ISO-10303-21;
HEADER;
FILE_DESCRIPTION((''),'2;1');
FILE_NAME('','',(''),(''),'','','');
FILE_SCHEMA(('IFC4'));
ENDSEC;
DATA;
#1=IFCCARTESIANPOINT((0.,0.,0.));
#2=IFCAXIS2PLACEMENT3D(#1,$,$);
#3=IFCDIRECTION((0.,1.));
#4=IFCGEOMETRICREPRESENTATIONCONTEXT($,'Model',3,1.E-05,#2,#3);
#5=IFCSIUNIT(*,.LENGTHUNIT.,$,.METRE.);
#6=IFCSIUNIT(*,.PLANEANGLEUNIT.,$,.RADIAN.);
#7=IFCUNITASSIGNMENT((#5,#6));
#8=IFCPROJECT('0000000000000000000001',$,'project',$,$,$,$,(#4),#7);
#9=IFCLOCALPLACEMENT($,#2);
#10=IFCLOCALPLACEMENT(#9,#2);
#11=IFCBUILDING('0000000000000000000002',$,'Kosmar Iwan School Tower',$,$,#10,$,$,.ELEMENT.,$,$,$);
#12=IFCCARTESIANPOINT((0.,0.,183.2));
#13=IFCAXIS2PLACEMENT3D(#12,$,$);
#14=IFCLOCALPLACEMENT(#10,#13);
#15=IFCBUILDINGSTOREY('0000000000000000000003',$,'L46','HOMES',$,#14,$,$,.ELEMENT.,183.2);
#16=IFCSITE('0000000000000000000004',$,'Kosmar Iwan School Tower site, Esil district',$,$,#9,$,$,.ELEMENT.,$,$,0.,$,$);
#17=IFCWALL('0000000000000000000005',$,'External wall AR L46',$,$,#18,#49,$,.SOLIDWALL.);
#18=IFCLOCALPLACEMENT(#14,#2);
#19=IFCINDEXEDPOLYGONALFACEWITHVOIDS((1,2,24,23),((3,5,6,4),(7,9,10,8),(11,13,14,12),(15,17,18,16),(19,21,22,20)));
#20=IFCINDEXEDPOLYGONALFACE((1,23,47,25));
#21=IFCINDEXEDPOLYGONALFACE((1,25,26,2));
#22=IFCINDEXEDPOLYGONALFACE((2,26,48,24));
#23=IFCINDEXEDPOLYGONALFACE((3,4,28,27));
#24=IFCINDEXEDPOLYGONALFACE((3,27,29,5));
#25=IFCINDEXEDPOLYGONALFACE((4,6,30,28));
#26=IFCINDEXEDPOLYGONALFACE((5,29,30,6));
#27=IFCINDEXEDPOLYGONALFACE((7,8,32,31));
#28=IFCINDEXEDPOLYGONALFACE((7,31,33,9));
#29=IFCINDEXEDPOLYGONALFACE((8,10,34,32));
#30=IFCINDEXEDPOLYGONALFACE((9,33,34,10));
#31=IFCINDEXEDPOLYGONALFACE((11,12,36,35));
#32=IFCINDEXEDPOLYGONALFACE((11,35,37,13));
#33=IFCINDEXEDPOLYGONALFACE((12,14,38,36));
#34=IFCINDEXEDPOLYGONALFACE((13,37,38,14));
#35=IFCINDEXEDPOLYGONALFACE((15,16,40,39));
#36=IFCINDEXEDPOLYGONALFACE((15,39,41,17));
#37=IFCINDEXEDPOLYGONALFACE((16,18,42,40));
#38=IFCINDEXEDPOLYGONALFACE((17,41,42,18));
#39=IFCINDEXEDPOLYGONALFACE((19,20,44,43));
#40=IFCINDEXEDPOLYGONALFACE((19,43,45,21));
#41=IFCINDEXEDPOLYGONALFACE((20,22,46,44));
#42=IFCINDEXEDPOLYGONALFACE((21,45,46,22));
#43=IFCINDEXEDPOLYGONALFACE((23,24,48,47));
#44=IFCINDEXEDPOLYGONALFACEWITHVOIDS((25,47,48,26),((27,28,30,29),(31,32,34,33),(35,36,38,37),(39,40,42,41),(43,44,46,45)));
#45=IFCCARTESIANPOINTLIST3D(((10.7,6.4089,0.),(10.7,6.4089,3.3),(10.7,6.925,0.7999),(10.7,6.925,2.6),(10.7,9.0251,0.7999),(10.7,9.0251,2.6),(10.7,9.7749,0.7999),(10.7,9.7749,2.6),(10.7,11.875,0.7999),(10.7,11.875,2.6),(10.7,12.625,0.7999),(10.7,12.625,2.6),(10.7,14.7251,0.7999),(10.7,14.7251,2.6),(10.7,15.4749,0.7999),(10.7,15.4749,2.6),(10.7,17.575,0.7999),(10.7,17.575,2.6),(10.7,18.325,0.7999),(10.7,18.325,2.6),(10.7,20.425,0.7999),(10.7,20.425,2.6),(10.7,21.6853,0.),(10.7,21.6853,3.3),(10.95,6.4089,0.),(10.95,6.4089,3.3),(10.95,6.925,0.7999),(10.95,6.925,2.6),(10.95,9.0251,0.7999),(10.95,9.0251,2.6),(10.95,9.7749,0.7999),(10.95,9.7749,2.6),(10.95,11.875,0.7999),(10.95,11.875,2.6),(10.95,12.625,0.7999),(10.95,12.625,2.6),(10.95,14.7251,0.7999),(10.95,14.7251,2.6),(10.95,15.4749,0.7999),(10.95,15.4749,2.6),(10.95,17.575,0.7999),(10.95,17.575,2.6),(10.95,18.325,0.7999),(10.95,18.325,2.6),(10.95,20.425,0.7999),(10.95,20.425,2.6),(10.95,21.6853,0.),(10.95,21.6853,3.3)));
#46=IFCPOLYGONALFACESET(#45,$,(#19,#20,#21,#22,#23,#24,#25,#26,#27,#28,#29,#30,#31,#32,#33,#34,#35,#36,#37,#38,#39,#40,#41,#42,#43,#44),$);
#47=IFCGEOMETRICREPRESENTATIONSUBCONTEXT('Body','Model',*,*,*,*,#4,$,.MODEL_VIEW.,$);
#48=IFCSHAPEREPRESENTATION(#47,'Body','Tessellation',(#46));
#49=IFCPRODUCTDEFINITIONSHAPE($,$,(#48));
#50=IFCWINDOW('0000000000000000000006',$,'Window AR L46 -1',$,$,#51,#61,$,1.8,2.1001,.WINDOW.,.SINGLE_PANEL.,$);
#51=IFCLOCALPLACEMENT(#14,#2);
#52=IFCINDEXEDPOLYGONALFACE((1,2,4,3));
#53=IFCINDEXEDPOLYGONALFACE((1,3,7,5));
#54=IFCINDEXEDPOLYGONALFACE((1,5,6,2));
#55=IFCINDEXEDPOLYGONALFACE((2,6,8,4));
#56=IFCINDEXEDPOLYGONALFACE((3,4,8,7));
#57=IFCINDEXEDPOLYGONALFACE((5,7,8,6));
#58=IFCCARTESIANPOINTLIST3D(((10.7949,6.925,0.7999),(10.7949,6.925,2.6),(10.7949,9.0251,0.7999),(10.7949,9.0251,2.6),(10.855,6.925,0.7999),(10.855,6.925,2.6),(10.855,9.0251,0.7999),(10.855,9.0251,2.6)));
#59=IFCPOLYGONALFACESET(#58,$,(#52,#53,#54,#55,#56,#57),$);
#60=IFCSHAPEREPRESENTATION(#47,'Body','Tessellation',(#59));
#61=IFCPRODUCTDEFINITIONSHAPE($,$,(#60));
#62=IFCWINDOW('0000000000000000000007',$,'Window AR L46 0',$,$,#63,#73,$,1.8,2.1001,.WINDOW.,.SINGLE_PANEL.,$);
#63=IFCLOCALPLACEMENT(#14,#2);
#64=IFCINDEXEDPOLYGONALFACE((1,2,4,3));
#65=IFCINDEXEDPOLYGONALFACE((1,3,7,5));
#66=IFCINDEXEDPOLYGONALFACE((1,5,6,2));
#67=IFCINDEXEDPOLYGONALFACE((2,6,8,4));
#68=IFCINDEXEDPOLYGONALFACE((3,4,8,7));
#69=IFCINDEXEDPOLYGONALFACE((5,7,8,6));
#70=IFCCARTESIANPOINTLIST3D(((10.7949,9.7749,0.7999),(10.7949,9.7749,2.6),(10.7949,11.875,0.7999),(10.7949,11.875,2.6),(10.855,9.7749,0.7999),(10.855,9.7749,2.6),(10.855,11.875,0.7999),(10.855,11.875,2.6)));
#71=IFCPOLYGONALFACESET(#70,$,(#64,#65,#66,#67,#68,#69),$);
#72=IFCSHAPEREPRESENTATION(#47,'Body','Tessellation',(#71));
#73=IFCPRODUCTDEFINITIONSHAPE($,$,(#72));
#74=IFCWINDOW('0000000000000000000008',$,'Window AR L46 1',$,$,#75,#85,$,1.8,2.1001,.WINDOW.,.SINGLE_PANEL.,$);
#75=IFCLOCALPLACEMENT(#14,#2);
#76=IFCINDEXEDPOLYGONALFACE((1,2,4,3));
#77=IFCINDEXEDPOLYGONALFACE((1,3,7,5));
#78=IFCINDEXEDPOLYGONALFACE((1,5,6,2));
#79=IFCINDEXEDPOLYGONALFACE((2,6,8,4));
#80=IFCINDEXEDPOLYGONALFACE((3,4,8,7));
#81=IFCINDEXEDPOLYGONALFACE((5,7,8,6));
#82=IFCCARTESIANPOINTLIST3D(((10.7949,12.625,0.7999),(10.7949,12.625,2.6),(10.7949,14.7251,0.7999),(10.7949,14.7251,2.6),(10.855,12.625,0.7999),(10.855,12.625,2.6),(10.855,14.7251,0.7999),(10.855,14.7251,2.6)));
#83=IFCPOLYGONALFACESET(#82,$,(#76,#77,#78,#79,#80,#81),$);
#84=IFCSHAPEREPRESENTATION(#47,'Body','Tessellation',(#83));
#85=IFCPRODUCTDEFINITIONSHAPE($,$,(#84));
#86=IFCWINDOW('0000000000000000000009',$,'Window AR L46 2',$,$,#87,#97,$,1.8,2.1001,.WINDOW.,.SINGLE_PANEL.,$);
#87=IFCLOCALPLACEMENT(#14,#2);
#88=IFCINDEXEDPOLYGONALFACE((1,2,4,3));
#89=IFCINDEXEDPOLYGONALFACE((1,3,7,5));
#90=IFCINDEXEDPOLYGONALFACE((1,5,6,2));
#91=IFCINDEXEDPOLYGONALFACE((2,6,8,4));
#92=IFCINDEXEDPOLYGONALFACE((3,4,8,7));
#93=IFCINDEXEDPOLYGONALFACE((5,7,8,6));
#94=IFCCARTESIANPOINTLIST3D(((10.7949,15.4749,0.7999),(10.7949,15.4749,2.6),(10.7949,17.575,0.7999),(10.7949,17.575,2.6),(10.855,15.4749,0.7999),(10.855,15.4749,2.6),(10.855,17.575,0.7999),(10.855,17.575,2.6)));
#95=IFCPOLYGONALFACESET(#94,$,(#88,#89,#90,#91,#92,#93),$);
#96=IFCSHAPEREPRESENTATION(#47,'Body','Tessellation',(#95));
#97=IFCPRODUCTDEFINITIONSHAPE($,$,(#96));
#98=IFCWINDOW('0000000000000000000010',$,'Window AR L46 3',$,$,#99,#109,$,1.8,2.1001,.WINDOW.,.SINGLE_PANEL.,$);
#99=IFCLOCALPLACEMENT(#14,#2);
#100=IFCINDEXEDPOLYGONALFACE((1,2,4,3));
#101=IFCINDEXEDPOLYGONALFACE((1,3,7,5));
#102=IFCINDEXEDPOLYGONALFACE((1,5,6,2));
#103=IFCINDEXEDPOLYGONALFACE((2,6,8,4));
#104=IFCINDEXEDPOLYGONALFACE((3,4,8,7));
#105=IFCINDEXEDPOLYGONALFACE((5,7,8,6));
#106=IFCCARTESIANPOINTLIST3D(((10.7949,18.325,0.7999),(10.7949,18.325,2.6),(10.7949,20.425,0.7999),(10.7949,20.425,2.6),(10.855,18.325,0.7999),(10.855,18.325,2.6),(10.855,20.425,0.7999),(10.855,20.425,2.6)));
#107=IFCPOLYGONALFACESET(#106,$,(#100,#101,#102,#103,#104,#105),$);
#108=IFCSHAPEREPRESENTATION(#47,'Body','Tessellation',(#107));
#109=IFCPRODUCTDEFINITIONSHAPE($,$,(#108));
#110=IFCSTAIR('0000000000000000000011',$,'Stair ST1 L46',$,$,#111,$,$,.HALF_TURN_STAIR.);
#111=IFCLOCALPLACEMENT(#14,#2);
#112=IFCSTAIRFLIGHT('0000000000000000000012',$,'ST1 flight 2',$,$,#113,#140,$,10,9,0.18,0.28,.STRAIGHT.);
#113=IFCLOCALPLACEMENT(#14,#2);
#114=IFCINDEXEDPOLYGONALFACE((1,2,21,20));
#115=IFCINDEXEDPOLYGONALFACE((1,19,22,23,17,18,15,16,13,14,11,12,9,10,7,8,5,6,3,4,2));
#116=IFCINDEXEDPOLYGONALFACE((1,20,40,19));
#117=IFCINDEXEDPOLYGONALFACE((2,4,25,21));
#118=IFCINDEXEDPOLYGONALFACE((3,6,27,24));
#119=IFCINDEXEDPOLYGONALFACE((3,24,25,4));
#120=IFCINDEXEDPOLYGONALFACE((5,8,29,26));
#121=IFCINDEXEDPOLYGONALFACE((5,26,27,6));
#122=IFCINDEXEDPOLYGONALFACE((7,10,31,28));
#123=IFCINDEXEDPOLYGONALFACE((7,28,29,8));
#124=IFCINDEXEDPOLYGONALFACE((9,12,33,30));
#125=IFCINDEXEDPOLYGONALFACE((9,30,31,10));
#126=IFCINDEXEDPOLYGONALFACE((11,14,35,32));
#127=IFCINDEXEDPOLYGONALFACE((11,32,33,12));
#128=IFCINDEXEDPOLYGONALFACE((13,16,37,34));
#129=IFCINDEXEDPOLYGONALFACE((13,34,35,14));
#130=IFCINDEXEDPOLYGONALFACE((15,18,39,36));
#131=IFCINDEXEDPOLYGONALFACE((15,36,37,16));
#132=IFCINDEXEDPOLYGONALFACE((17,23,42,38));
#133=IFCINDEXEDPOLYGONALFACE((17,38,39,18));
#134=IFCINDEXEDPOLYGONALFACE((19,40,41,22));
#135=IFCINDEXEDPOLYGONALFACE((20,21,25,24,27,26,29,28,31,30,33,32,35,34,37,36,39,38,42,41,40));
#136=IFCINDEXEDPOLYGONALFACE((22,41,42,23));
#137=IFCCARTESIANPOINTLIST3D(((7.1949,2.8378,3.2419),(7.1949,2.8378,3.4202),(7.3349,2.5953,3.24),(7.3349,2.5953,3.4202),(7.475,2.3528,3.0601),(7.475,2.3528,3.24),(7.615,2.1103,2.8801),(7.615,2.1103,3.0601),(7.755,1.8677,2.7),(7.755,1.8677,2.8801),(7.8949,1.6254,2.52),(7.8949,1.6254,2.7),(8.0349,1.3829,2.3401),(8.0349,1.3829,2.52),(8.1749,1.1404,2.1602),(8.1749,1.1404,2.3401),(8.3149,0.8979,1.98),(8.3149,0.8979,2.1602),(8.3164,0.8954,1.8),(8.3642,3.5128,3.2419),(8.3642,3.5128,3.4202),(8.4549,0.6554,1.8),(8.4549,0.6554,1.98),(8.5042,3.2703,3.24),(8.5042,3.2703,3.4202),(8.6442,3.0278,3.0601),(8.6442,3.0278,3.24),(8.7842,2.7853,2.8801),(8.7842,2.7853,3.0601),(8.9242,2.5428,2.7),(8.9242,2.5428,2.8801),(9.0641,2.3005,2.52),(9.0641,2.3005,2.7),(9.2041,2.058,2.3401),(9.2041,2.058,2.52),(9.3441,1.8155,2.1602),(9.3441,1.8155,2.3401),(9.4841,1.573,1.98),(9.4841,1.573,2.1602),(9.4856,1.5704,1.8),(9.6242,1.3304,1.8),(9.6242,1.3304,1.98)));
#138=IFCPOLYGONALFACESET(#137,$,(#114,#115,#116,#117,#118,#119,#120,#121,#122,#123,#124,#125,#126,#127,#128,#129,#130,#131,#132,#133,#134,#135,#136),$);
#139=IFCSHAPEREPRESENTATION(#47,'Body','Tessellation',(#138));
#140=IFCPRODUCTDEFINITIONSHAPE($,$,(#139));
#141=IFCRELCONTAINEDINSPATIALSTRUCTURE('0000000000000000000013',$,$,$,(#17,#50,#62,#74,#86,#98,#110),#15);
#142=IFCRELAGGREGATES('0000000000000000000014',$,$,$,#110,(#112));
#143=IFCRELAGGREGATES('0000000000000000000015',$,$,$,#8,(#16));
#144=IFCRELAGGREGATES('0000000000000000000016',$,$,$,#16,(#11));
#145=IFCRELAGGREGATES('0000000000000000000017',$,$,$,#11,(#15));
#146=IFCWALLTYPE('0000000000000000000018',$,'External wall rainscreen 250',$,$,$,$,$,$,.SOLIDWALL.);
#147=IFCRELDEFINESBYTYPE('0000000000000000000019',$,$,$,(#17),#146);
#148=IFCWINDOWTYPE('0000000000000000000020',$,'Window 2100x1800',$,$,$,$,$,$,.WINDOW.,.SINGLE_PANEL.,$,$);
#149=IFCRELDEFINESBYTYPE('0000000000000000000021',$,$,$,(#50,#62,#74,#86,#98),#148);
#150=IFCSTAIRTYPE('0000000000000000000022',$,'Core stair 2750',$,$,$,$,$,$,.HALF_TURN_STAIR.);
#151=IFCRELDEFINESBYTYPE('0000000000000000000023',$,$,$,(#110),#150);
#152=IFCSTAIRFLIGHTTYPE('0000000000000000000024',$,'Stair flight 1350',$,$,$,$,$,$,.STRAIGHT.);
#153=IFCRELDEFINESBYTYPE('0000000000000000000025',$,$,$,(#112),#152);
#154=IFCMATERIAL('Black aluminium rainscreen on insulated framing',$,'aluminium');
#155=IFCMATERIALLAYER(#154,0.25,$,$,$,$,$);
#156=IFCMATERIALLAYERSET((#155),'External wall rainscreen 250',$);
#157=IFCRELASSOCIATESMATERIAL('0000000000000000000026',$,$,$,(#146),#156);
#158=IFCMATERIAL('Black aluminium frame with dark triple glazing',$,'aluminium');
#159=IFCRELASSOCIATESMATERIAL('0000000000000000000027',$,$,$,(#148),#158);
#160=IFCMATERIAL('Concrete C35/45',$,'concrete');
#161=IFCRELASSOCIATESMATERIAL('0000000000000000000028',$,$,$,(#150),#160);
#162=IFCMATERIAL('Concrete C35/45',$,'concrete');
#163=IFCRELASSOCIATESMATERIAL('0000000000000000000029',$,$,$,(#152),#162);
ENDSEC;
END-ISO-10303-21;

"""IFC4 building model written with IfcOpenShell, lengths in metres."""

from ifc_helpers import new_model, si_unit, direction, frame, frame_2d, origin, place, context, subcontext, project, spatial, polyline, rectangle, outline, extrude, material, layer, layer_set, type_object, element, fill, aggregate, save


model = new_model("IFC4")

# Units and contexts
model_context = context("Model", 3, precision=1e-05, world=origin(), true_north=direction((0.0, 1.0)))
body_context = subcontext(model_context, "Body", "Model", "MODEL_VIEW")
ifc_project = project(units=[si_unit("LENGTHUNIT", "METRE"), si_unit("PLANEANGLEUNIT", "RADIAN")], contexts=[model_context])

# Site, building, storey
site_placement = place(None, origin())
site = spatial("IfcSite", under=ifc_project, at=site_placement, Name="Kosmar Iwan School Tower site, Esil district", CompositionType="ELEMENT", RefElevation=0.0)
building_placement = place(site_placement, origin())
building = spatial("IfcBuilding", under=site, at=building_placement, Name="Kosmar Iwan School Tower", CompositionType="ELEMENT")
storey_placement = place(building_placement, frame((0.0, 0.0, 183.2)))
storey = spatial("IfcBuildingStorey", under=building, at=storey_placement, Name="L46", Description="HOMES", CompositionType="ELEMENT", Elevation=183.2)

# Wall, openings, windows
ifc_material_1 = material(Name="Black aluminium rainscreen on insulated framing", Category="aluminium")
ifc_layer = layer(ifc_material_1, 0.25)
ifc_layer_set = layer_set([ifc_layer], Name="External wall rainscreen 250")
wall_type = type_object("IfcWallType", Name="External wall rainscreen 250", PredefinedType="SOLIDWALL", material=ifc_layer_set)
ifc_material_2 = material(Name="Black aluminium frame with dark triple glazing", Category="aluminium")
window_type = type_object("IfcWindowType", Name="Window 2100x1800", PartitioningType="SINGLE_PANEL", PredefinedType="WINDOW", material=ifc_material_2)
wall_1_placement = place(storey_placement, frame((10.825, 6.4089, 0.0), z_axis=(0.0, 0.0, 1.0), x_axis=(0.0, 1.0, 0.0)))
wall_1 = element("IfcWall", 1, at=wall_1_placement, inside=storey, type_object=wall_type, Name="External wall AR L46", PredefinedType="SOLIDWALL", context=body_context, shape_type="SweptSolid", body=[
    extrude(rectangle(XDim=15.2764, YDim=0.25, at=frame_2d((7.6382, 0.0))), origin(), (0.0, 0.0, 1.0), 3.3),
])
opening_1_placement = place(wall_1_placement, frame((0.5161, 0.0, 0.8)))
opening_1 = element("IfcOpeningElement", 2, at=opening_1_placement, cuts=wall_1, PredefinedType="OPENING", context=body_context, shape_type="SweptSolid", body=[
    extrude(rectangle(XDim=2.1001, YDim=1.8, at=frame_2d((1.05, 0.8999))), frame((0.0, 0.137, 0.0), z_axis=(0.0, -1.0, 0.0), x_axis=(1.0, 0.0, 0.0)), (0.0, 0.0, 1.0), 0.2739),
])
opening_2_placement = place(wall_1_placement, frame((3.366, 0.0, 0.8)))
opening_2 = element("IfcOpeningElement", 3, at=opening_2_placement, cuts=wall_1, PredefinedType="OPENING", context=body_context, shape_type="SweptSolid", body=[
    extrude(rectangle(XDim=2.1001, YDim=1.8, at=frame_2d((1.05, 0.8999))), frame((0.0, 0.137, 0.0), z_axis=(0.0, -1.0, 0.0), x_axis=(1.0, 0.0, 0.0)), (0.0, 0.0, 1.0), 0.2739),
])
opening_3_placement = place(wall_1_placement, frame((6.2161, 0.0, 0.8)))
opening_3 = element("IfcOpeningElement", 4, at=opening_3_placement, cuts=wall_1, PredefinedType="OPENING", context=body_context, shape_type="SweptSolid", body=[
    extrude(rectangle(XDim=2.1001, YDim=1.8, at=frame_2d((1.05, 0.8999))), frame((0.0, 0.137, 0.0), z_axis=(0.0, -1.0, 0.0), x_axis=(1.0, 0.0, 0.0)), (0.0, 0.0, 1.0), 0.2739),
])
opening_4_placement = place(wall_1_placement, frame((9.0659, 0.0, 0.8)))
opening_4 = element("IfcOpeningElement", 5, at=opening_4_placement, cuts=wall_1, PredefinedType="OPENING", context=body_context, shape_type="SweptSolid", body=[
    extrude(rectangle(XDim=2.1001, YDim=1.8, at=frame_2d((1.05, 0.8999))), frame((0.0, 0.137, 0.0), z_axis=(0.0, -1.0, 0.0), x_axis=(1.0, 0.0, 0.0)), (0.0, 0.0, 1.0), 0.2739),
])
opening_5_placement = place(wall_1_placement, frame((11.916, 0.0, 0.8)))
opening_5 = element("IfcOpeningElement", 6, at=opening_5_placement, cuts=wall_1, PredefinedType="OPENING", context=body_context, shape_type="SweptSolid", body=[
    extrude(rectangle(XDim=2.1001, YDim=1.8, at=frame_2d((1.05, 0.8999))), frame((0.0, 0.137, 0.0), z_axis=(0.0, -1.0, 0.0), x_axis=(1.0, 0.0, 0.0)), (0.0, 0.0, 1.0), 0.2739),
])
window_1_placement = place(opening_1_placement, origin())
window_1 = element("IfcWindow", 7, at=window_1_placement, inside=storey, type_object=window_type, Name="Window AR L46 -1", OverallHeight=1.8, OverallWidth=2.1001, PartitioningType="SINGLE_PANEL", PredefinedType="WINDOW", context=body_context, shape_type="SweptSolid", body=[
    extrude(rectangle(XDim=2.1001, YDim=1.8, at=frame_2d((1.05, 0.8999))), frame((0.0, 0.03, 0.0), z_axis=(0.0, -1.0, 0.0), x_axis=(1.0, 0.0, 0.0)), (0.0, 0.0, 1.0), 0.0601),
])
fill(opening_1, window_1)
window_2_placement = place(opening_2_placement, origin())
window_2 = element("IfcWindow", 8, at=window_2_placement, inside=storey, type_object=window_type, Name="Window AR L46 0", OverallHeight=1.8, OverallWidth=2.1001, PartitioningType="SINGLE_PANEL", PredefinedType="WINDOW", context=body_context, shape_type="SweptSolid", body=[
    extrude(rectangle(XDim=2.1001, YDim=1.8, at=frame_2d((1.05, 0.8999))), frame((0.0, 0.03, 0.0), z_axis=(0.0, -1.0, 0.0), x_axis=(1.0, 0.0, 0.0)), (0.0, 0.0, 1.0), 0.0601),
])
fill(opening_2, window_2)
window_3_placement = place(opening_3_placement, origin())
window_3 = element("IfcWindow", 9, at=window_3_placement, inside=storey, type_object=window_type, Name="Window AR L46 1", OverallHeight=1.8, OverallWidth=2.1001, PartitioningType="SINGLE_PANEL", PredefinedType="WINDOW", context=body_context, shape_type="SweptSolid", body=[
    extrude(rectangle(XDim=2.1001, YDim=1.8, at=frame_2d((1.05, 0.8999))), frame((0.0, 0.03, 0.0), z_axis=(0.0, -1.0, 0.0), x_axis=(1.0, 0.0, 0.0)), (0.0, 0.0, 1.0), 0.0601),
])
fill(opening_3, window_3)
window_4_placement = place(opening_4_placement, origin())
window_4 = element("IfcWindow", 10, at=window_4_placement, inside=storey, type_object=window_type, Name="Window AR L46 2", OverallHeight=1.8, OverallWidth=2.1001, PartitioningType="SINGLE_PANEL", PredefinedType="WINDOW", context=body_context, shape_type="SweptSolid", body=[
    extrude(rectangle(XDim=2.1001, YDim=1.8, at=frame_2d((1.05, 0.8999))), frame((0.0, 0.03, 0.0), z_axis=(0.0, -1.0, 0.0), x_axis=(1.0, 0.0, 0.0)), (0.0, 0.0, 1.0), 0.0601),
])
fill(opening_4, window_4)
window_5_placement = place(opening_5_placement, origin())
window_5 = element("IfcWindow", 11, at=window_5_placement, inside=storey, type_object=window_type, Name="Window AR L46 3", OverallHeight=1.8, OverallWidth=2.1001, PartitioningType="SINGLE_PANEL", PredefinedType="WINDOW", context=body_context, shape_type="SweptSolid", body=[
    extrude(rectangle(XDim=2.1001, YDim=1.8, at=frame_2d((1.05, 0.8999))), frame((0.0, 0.03, 0.0), z_axis=(0.0, -1.0, 0.0), x_axis=(1.0, 0.0, 0.0)), (0.0, 0.0, 1.0), 0.0601),
])
fill(opening_5, window_5)

# Stair, stair flight
ifc_material_3 = material(Name="Concrete C35/45", Category="concrete")
stair_type = type_object("IfcStairType", Name="Core stair 2750", PredefinedType="HALF_TURN_STAIR", material=ifc_material_3)
stair_placement = place(storey_placement, origin())
stair = element("IfcStair", 12, at=stair_placement, inside=storey, type_object=stair_type, Name="Stair ST1 L46", PredefinedType="HALF_TURN_STAIR")
ifc_material_4 = material(Name="Concrete C35/45", Category="concrete")
stair_flight_type = type_object("IfcStairFlightType", Name="Stair flight 1350", PredefinedType="STRAIGHT", material=ifc_material_4)
stair_flight_placement = place(storey_placement, frame((9.0396, 0.9929, 1.8), z_axis=(0.0, 0.0, 1.0), x_axis=(-0.5, 0.866025, 0.0)))
stair_flight = element("IfcStairFlight", 13, at=stair_flight_placement, type_object=stair_flight_type, Name="ST1 flight 2", NumberOfRisers=10, NumberOfTreads=9, PredefinedType="STRAIGHT", RiserHeight=0.18, TreadLength=0.28, context=body_context, shape_type="SweptSolid", body=[
    extrude(outline(polyline([(0.0, 0.0), (0.0, 0.1799), (0.28, 0.1799), (0.28, 0.3601), (0.5601, 0.3601), (0.5601, 0.54), (0.8401, 0.54), (0.8401, 0.72), (1.1201, 0.72), (1.1201, 0.8999), (1.3999, 0.8999), (1.3999, 1.0801), (1.6799, 1.0801), (1.6799, 1.26), (1.96, 1.26), (1.96, 1.4399), (2.24, 1.4399), (2.24, 1.6201), (2.52, 1.6201), (2.52, 1.8), (2.52, 1.4419), (0.2771, 0.0), (0.0, 0.0)])), frame((0.0, 0.675, 0.0), z_axis=(0.0, -1.0, 0.0), x_axis=(1.0, 0.0, 0.0)), (0.0, 0.0, 1.0), 1.3501),
])
aggregate(stair, [stair_flight])

save(model, "model.ifc")
